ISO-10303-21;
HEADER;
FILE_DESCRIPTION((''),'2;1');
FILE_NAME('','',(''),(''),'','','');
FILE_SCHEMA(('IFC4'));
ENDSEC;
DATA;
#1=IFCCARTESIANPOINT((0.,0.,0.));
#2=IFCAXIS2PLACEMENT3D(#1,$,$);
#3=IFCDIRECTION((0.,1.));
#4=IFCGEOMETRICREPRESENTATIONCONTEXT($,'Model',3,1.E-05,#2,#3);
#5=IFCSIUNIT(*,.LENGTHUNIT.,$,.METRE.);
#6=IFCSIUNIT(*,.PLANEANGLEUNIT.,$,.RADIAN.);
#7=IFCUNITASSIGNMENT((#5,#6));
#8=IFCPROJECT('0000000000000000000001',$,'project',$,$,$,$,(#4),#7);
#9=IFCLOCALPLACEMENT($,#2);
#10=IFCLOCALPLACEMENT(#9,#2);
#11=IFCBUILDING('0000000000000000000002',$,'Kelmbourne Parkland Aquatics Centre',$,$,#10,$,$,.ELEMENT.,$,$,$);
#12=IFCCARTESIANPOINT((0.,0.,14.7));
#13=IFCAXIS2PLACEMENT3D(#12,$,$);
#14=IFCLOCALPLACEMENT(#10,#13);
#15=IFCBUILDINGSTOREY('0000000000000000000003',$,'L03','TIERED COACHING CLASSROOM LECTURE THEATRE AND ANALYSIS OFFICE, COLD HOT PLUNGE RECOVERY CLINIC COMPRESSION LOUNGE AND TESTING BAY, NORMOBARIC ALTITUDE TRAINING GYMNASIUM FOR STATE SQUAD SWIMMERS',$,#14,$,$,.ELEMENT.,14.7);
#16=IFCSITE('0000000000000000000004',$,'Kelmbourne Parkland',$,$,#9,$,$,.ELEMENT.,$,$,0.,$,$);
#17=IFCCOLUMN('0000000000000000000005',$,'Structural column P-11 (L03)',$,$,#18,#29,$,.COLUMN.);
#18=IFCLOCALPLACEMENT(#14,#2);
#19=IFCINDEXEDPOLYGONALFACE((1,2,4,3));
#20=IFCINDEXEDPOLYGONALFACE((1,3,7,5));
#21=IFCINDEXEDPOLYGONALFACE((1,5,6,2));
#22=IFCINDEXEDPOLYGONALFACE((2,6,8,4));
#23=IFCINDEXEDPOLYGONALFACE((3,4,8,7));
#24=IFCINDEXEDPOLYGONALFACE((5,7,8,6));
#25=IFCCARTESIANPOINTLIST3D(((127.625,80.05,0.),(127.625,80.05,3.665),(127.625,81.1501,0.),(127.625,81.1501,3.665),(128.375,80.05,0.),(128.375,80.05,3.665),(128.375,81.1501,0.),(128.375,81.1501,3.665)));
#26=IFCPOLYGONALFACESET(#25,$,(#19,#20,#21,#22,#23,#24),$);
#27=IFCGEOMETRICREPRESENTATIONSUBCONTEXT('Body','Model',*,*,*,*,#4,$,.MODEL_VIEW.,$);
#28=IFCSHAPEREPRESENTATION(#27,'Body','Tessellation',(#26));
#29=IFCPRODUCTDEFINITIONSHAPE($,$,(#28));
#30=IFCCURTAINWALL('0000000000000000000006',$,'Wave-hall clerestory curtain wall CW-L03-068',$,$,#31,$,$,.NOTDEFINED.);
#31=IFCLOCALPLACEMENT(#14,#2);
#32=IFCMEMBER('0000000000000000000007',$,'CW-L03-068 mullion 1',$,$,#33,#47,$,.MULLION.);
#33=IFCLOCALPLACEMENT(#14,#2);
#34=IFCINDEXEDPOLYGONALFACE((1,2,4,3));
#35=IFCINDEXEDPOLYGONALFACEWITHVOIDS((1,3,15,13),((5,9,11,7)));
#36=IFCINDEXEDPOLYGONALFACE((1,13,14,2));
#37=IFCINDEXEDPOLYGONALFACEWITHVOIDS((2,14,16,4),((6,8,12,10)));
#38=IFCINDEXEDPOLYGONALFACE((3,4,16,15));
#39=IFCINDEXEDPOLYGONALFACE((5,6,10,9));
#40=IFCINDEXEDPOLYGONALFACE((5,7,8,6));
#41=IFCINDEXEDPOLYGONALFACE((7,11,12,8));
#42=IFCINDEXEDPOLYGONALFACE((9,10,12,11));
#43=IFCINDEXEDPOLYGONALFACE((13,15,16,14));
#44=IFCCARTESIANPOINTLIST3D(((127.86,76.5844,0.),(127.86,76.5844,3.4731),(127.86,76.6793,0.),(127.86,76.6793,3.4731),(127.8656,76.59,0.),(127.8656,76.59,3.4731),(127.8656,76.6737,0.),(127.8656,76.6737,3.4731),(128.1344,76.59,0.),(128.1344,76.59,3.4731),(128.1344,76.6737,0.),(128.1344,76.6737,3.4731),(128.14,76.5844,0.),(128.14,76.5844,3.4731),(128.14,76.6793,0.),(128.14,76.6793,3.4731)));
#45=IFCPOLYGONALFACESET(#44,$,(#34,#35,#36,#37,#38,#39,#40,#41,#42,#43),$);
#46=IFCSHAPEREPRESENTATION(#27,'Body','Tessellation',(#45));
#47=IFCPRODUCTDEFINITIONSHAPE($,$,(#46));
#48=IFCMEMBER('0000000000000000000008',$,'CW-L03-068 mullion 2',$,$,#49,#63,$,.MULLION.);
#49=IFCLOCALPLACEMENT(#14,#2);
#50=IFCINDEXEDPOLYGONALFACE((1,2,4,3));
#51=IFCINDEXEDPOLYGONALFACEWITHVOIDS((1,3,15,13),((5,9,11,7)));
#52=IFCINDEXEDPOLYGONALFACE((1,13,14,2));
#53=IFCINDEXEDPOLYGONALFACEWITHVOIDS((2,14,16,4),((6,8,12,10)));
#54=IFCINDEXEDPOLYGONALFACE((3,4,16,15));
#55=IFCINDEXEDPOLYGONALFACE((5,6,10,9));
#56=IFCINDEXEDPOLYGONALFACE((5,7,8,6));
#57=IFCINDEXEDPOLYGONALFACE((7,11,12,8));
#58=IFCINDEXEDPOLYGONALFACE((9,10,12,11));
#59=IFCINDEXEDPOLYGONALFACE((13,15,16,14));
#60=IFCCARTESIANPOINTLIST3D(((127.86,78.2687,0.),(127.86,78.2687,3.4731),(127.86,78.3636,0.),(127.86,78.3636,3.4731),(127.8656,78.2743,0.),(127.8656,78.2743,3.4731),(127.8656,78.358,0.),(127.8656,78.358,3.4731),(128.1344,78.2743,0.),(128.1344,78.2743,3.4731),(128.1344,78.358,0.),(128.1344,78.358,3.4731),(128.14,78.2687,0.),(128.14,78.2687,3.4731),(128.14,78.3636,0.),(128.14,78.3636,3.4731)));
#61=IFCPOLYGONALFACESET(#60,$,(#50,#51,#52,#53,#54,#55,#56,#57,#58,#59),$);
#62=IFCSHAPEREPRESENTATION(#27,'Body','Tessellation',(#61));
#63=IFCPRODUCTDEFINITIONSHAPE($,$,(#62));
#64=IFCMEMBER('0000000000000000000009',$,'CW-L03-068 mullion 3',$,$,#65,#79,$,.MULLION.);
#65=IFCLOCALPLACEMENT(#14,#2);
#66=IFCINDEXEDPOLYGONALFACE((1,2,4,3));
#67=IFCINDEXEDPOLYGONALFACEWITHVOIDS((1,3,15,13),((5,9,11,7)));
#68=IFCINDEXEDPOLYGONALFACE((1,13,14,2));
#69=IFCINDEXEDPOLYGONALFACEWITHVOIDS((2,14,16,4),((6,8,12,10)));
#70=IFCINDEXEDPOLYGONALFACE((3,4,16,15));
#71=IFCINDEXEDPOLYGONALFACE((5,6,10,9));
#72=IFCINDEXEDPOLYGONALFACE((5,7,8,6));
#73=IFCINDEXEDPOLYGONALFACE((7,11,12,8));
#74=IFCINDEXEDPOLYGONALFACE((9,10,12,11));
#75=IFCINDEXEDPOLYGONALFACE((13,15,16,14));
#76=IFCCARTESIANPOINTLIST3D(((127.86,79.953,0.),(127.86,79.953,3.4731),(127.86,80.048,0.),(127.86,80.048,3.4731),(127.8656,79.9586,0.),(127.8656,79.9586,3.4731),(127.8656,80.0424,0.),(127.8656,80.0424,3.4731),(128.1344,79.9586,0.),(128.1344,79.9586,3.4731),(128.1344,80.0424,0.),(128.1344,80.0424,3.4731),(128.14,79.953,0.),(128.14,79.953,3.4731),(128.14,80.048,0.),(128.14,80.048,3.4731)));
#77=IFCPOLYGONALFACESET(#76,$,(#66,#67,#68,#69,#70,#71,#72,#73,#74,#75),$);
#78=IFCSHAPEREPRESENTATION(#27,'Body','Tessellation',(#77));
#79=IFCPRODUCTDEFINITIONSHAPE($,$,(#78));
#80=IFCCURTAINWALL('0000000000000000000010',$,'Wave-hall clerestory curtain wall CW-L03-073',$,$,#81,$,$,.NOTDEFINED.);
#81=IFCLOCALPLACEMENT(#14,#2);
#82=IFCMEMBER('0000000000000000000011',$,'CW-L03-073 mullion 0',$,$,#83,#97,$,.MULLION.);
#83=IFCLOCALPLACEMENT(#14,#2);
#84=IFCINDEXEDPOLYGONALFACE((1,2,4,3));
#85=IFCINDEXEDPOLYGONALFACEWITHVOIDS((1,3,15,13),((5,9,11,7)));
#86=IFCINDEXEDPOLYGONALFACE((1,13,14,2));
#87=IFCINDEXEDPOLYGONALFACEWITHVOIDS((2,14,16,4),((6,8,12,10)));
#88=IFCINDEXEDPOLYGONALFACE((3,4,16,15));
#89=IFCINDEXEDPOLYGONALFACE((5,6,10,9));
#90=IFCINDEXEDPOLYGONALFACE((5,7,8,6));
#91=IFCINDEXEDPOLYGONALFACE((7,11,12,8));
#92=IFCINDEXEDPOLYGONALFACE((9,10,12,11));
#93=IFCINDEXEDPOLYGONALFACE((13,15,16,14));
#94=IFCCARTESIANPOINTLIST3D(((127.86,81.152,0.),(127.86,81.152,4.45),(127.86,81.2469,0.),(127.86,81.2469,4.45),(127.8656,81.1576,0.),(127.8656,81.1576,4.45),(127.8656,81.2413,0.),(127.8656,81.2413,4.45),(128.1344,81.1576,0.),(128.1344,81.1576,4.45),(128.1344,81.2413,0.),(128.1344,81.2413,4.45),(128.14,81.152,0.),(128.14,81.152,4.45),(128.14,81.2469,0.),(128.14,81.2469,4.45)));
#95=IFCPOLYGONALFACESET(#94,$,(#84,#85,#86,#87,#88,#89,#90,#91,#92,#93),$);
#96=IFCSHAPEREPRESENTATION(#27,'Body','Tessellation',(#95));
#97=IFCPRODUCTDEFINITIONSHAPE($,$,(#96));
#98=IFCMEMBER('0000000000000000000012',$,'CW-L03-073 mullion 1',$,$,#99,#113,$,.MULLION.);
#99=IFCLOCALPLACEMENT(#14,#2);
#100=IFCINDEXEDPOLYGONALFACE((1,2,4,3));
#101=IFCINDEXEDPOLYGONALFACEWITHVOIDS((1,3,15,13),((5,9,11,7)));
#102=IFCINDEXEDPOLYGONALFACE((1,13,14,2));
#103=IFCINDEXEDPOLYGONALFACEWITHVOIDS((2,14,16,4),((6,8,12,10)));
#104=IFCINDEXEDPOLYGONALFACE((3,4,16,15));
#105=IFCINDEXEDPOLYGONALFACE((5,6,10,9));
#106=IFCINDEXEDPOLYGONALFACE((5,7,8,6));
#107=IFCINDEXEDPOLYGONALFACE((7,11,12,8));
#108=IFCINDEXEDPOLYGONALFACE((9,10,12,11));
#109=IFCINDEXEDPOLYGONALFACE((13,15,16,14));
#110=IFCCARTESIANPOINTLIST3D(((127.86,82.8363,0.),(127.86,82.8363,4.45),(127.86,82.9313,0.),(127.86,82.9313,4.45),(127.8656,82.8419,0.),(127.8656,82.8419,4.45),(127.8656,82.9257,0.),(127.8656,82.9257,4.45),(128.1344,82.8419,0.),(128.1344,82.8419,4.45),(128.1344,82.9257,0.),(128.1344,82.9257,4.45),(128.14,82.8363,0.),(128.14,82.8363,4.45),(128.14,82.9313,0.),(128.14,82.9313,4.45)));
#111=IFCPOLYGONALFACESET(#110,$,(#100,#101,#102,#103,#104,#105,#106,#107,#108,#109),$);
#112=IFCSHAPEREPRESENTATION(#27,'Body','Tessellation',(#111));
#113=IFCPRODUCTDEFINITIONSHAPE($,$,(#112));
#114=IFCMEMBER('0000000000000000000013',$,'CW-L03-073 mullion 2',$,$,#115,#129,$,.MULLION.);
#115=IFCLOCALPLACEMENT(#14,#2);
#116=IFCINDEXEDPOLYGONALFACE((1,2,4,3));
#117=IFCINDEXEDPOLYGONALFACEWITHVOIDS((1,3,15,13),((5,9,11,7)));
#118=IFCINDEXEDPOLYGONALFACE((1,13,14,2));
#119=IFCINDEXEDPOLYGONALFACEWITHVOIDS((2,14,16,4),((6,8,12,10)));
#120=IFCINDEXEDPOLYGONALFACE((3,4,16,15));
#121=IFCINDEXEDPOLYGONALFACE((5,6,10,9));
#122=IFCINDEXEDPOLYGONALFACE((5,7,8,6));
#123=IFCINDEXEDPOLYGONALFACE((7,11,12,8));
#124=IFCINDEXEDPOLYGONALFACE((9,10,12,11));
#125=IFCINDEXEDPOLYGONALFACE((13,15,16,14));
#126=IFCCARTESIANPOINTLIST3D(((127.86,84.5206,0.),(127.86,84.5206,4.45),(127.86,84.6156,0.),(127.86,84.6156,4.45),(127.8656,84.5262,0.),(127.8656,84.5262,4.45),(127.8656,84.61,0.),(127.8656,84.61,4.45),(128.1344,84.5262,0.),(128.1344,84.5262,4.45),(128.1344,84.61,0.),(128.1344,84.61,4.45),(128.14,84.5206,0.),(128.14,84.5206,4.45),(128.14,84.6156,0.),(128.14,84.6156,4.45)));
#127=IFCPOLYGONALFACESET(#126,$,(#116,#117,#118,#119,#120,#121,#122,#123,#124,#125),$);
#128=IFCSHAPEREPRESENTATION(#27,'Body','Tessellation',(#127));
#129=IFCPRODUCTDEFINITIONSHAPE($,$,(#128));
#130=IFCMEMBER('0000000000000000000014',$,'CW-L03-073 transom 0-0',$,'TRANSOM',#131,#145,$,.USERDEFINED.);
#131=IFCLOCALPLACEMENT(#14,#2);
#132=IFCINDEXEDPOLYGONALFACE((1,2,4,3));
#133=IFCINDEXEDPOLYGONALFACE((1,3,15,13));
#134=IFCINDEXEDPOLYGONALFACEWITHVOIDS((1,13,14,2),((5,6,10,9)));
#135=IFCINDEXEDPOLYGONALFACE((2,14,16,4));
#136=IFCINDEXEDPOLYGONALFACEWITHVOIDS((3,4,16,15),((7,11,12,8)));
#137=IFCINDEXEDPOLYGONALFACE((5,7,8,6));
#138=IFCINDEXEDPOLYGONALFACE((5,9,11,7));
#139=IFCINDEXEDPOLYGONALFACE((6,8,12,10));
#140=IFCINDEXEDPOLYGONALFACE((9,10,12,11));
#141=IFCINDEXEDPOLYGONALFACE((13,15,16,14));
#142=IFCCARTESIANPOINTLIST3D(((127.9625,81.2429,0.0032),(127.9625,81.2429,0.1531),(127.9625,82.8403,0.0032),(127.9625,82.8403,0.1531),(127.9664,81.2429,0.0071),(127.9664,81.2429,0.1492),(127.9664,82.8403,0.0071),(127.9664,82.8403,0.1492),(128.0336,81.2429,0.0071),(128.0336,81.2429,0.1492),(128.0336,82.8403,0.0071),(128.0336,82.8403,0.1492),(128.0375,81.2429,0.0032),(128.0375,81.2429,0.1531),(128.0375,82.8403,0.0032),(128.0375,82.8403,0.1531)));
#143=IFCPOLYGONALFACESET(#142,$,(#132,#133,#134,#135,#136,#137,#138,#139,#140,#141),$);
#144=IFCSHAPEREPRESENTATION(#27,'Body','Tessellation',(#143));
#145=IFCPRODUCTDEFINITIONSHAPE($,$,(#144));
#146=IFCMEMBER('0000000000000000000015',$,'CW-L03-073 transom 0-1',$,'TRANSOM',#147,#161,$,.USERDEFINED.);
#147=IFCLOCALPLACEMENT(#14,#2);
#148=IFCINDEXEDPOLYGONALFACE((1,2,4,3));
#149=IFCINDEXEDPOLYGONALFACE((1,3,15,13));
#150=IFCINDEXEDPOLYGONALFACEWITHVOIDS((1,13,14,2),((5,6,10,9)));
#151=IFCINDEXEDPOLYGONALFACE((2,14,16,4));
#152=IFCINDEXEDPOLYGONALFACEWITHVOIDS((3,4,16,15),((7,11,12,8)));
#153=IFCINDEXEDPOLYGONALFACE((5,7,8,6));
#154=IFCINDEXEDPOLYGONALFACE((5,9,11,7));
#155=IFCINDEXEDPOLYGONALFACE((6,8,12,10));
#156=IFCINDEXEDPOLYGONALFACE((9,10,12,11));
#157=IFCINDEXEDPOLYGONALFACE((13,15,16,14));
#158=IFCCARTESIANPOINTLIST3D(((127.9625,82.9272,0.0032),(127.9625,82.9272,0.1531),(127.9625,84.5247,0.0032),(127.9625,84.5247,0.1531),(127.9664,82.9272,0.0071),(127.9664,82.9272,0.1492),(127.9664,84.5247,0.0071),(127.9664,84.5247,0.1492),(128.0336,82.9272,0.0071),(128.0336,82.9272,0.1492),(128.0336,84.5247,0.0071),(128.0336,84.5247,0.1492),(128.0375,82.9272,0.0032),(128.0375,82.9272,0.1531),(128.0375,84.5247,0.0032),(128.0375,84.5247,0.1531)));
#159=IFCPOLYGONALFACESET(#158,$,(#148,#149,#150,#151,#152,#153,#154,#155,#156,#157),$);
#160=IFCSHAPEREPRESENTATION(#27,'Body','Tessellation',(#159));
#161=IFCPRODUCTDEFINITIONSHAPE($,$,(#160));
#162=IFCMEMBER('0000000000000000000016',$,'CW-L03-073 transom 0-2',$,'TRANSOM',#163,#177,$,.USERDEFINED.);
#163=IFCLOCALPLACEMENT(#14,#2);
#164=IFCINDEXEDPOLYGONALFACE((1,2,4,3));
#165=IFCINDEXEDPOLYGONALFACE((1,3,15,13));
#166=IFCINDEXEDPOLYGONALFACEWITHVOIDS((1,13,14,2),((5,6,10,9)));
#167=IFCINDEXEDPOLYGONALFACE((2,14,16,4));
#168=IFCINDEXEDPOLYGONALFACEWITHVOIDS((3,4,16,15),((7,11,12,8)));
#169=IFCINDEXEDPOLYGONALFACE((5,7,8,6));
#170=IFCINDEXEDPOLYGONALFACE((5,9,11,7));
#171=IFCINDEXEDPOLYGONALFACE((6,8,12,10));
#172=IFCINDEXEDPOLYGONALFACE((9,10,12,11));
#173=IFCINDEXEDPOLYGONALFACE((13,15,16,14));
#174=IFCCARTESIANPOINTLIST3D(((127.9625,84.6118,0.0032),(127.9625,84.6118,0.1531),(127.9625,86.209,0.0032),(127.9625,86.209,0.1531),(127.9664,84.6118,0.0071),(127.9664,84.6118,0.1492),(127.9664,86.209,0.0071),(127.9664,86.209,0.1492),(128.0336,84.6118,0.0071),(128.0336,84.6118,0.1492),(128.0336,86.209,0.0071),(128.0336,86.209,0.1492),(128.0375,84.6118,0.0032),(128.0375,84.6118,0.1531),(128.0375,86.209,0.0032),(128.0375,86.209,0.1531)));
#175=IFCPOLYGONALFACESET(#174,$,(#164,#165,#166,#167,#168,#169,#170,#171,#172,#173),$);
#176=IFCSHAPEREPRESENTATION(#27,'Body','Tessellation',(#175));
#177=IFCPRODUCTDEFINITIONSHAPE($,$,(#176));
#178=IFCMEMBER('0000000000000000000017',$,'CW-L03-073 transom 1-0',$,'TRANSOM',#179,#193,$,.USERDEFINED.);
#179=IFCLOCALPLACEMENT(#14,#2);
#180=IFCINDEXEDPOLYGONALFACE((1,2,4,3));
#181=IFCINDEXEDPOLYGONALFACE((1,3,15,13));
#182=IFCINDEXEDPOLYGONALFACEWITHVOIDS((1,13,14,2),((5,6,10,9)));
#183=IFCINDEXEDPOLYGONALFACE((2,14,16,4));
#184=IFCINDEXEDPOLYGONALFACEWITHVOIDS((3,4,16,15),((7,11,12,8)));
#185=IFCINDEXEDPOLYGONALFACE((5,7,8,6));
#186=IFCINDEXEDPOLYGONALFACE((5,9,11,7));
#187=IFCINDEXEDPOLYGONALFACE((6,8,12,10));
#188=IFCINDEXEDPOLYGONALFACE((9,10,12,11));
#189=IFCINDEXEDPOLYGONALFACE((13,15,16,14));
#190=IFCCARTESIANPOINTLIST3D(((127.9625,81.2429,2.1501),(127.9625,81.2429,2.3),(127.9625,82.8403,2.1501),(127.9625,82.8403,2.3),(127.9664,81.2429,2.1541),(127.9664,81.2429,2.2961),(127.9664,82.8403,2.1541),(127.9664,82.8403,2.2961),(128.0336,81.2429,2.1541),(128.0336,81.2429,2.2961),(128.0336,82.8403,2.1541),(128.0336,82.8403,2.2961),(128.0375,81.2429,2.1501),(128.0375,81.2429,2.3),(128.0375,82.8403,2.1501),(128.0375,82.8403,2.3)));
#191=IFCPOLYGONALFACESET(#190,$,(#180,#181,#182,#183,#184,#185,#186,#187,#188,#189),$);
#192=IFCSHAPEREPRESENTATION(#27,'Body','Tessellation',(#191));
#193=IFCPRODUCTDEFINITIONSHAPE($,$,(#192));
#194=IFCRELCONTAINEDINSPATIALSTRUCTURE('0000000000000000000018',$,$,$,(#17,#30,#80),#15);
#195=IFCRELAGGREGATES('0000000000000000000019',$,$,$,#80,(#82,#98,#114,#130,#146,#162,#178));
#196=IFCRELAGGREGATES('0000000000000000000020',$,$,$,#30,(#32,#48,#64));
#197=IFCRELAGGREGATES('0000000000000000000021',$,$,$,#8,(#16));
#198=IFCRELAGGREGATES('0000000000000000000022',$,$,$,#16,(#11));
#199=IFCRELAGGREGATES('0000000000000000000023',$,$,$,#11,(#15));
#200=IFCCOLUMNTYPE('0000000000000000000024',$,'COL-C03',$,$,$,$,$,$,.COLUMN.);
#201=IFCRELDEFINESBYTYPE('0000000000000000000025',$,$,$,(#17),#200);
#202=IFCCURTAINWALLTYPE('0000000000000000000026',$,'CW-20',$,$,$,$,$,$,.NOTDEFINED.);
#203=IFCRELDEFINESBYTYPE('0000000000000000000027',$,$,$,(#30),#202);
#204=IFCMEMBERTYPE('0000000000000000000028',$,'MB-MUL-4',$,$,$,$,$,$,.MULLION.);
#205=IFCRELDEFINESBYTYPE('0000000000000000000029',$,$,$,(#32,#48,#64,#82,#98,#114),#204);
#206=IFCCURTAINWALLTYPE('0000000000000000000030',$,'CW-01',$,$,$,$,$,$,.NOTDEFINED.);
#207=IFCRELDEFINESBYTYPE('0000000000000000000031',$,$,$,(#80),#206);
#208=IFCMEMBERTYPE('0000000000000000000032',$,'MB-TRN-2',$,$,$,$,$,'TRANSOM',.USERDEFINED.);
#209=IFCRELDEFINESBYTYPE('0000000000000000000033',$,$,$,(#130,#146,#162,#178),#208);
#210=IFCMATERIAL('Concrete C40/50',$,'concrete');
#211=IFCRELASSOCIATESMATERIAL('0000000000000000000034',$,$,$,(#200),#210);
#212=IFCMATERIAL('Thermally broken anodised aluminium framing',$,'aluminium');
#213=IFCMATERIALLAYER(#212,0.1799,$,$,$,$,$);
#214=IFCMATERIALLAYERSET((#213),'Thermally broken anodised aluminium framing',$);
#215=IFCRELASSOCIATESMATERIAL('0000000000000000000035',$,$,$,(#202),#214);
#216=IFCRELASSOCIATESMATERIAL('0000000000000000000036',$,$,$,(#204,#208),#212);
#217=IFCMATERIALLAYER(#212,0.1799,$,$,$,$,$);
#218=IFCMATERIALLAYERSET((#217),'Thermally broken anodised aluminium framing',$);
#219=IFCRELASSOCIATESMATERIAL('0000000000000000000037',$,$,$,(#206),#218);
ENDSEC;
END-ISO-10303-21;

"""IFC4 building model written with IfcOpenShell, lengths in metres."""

from ifc_helpers import new_model, si_unit, direction, frame, origin, origin_2d, place, context, subcontext, project, spatial, rectangle, hollow_rectangle, extrude, material, layer, layer_set, material_profile, profile_set, type_object, element, aggregate, save


model = new_model("IFC4")

# Units and contexts
model_context = context("Model", 3, precision=1e-05, world=origin(), true_north=direction((0.0, 1.0)))
body_context = subcontext(model_context, "Body", "Model", "MODEL_VIEW")
ifc_project = project(units=[si_unit("LENGTHUNIT", "METRE"), si_unit("PLANEANGLEUNIT", "RADIAN")], contexts=[model_context])

# Site, building, storey
site_placement = place(None, origin())
site = spatial("IfcSite", under=ifc_project, at=site_placement, Name="Kelmbourne Parkland", CompositionType="ELEMENT", RefElevation=0.0)
building_placement = place(site_placement, origin())
building = spatial("IfcBuilding", under=site, at=building_placement, Name="Kelmbourne Parkland Aquatics Centre", CompositionType="ELEMENT")
storey_placement = place(building_placement, frame((0.0, 0.0, 14.7)))
storey = spatial("IfcBuildingStorey", under=building, at=storey_placement, Name="L03", Description="TIERED COACHING CLASSROOM LECTURE THEATRE AND ANALYSIS OFFICE, COLD HOT PLUNGE RECOVERY CLINIC COMPRESSION LOUNGE AND TESTING BAY, NORMOBARIC ALTITUDE TRAINING GYMNASIUM FOR STATE SQUAD SWIMMERS", CompositionType="ELEMENT", Elevation=14.7)

# Column
ifc_material_1 = material(Name="Concrete C40/50", Category="concrete")
ifc_material_profile_1 = material_profile(ifc_material_1, rectangle(XDim=0.75, YDim=1.1001, at=origin_2d()), Name="RC 750x1100")
ifc_profile_set_1 = profile_set([ifc_material_profile_1], Name="Concrete C40/50")
column_type = type_object("IfcColumnType", Name="COL-C03", PredefinedType="COLUMN", material=ifc_profile_set_1)
column_placement = place(storey_placement, frame((128.0, 80.6001, 0.0), z_axis=(0.0, 0.0, 1.0), x_axis=(1.0, 0.0, 0.0)))
element("IfcColumn", 1, at=column_placement, inside=storey, type_object=column_type, Name="Structural column P-11 (L03)", PredefinedType="COLUMN", context=body_context, shape_type="SweptSolid", body=[
    extrude(rectangle(XDim=0.75, YDim=1.1001, at=origin_2d()), origin(), (0.0, 0.0, 1.0), 3.665),
])

# Curtain walls, members
ifc_material_2 = material(Name="Thermally broken anodised aluminium framing", Category="aluminium")
ifc_layer_1 = layer(ifc_material_2, 0.1799)
ifc_layer_set_1 = layer_set([ifc_layer_1], Name="Thermally broken anodised aluminium framing")
curtain_wall_type_1 = type_object("IfcCurtainWallType", Name="CW-20", PredefinedType="NOTDEFINED", material=ifc_layer_set_1)
curtain_wall_1_placement = place(storey_placement, origin())
curtain_wall_1 = element("IfcCurtainWall", 2, at=curtain_wall_1_placement, inside=storey, type_object=curtain_wall_type_1, Name="Wave-hall clerestory curtain wall CW-L03-068", PredefinedType="NOTDEFINED")
ifc_material_profile_2 = material_profile(ifc_material_2, hollow_rectangle(XDim=0.095, YDim=0.28, WallThickness=0.0056, at=origin_2d()), Name="CW-M 95x280")
ifc_profile_set_2 = profile_set([ifc_material_profile_2], Name="Thermally broken anodised aluminium framing")
member_type_1 = type_object("IfcMemberType", Name="MB-MUL-4", PredefinedType="MULLION", material=ifc_profile_set_2)
member_1_placement = place(storey_placement, frame((128.0, 76.6318, 0.0), z_axis=(0.0, 0.0, 1.0), x_axis=(0.0, 1.0, 0.0)))
member_1 = element("IfcMember", 3, at=member_1_placement, type_object=member_type_1, Name="CW-L03-068 mullion 1", PredefinedType="MULLION", context=body_context, shape_type="SweptSolid", body=[
    extrude(hollow_rectangle(XDim=0.095, YDim=0.28, WallThickness=0.0056, at=origin_2d()), origin(), (0.0, 0.0, 1.0), 3.4731),
])
member_2_placement = place(storey_placement, frame((128.0, 78.3162, 0.0), z_axis=(0.0, 0.0, 1.0), x_axis=(0.0, 1.0, 0.0)))
member_2 = element("IfcMember", 4, at=member_2_placement, type_object=member_type_1, Name="CW-L03-068 mullion 2", PredefinedType="MULLION", context=body_context, shape_type="SweptSolid", body=[
    extrude(hollow_rectangle(XDim=0.095, YDim=0.28, WallThickness=0.0056, at=origin_2d()), origin(), (0.0, 0.0, 1.0), 3.4731),
])
member_3_placement = place(storey_placement, frame((128.0, 80.0005, 0.0), z_axis=(0.0, 0.0, 1.0), x_axis=(0.0, 1.0, 0.0)))
member_3 = element("IfcMember", 5, at=member_3_placement, type_object=member_type_1, Name="CW-L03-068 mullion 3", PredefinedType="MULLION", context=body_context, shape_type="SweptSolid", body=[
    extrude(hollow_rectangle(XDim=0.095, YDim=0.28, WallThickness=0.0056, at=origin_2d()), origin(), (0.0, 0.0, 1.0), 3.4731),
])
ifc_layer_2 = layer(ifc_material_2, 0.1799)
ifc_layer_set_2 = layer_set([ifc_layer_2], Name="Thermally broken anodised aluminium framing")
curtain_wall_type_2 = type_object("IfcCurtainWallType", Name="CW-01", PredefinedType="NOTDEFINED", material=ifc_layer_set_2)
curtain_wall_2_placement = place(storey_placement, origin())
curtain_wall_2 = element("IfcCurtainWall", 6, at=curtain_wall_2_placement, inside=storey, type_object=curtain_wall_type_2, Name="Wave-hall clerestory curtain wall CW-L03-073", PredefinedType="NOTDEFINED")
member_4_placement = place(storey_placement, frame((128.0, 81.1995, 0.0), z_axis=(0.0, 0.0, 1.0), x_axis=(0.0, 1.0, 0.0)))
member_4 = element("IfcMember", 7, at=member_4_placement, type_object=member_type_1, Name="CW-L03-073 mullion 0", PredefinedType="MULLION", context=body_context, shape_type="SweptSolid", body=[
    extrude(hollow_rectangle(XDim=0.095, YDim=0.28, WallThickness=0.0056, at=origin_2d()), origin(), (0.0, 0.0, 1.0), 4.45),
])
member_5_placement = place(storey_placement, frame((128.0, 82.8838, 0.0), z_axis=(0.0, 0.0, 1.0), x_axis=(0.0, 1.0, 0.0)))
member_5 = element("IfcMember", 8, at=member_5_placement, type_object=member_type_1, Name="CW-L03-073 mullion 1", PredefinedType="MULLION", context=body_context, shape_type="SweptSolid", body=[
    extrude(hollow_rectangle(XDim=0.095, YDim=0.28, WallThickness=0.0056, at=origin_2d()), origin(), (0.0, 0.0, 1.0), 4.45),
])
member_6_placement = place(storey_placement, frame((128.0, 84.5681, 0.0), z_axis=(0.0, 0.0, 1.0), x_axis=(0.0, 1.0, 0.0)))
member_6 = element("IfcMember", 9, at=member_6_placement, type_object=member_type_1, Name="CW-L03-073 mullion 2", PredefinedType="MULLION", context=body_context, shape_type="SweptSolid", body=[
    extrude(hollow_rectangle(XDim=0.095, YDim=0.28, WallThickness=0.0056, at=origin_2d()), origin(), (0.0, 0.0, 1.0), 4.45),
])
ifc_material_profile_3 = material_profile(ifc_material_2, hollow_rectangle(XDim=0.075, YDim=0.1499, WallThickness=0.0039, at=origin_2d()), Name="CW-T 75x150")
ifc_profile_set_3 = profile_set([ifc_material_profile_3], Name="Thermally broken anodised aluminium framing")
member_type_2 = type_object("IfcMemberType", Name="MB-TRN-2", ElementType="TRANSOM", PredefinedType="USERDEFINED", material=ifc_profile_set_3)
member_7_placement = place(storey_placement, frame((128.0, 81.2429, 0.0781), z_axis=(0.0, 1.0, 0.0), x_axis=(-1.0, 0.0, 0.0)))
member_7 = element("IfcMember", 10, at=member_7_placement, type_object=member_type_2, Name="CW-L03-073 transom 0-0", ObjectType="TRANSOM", PredefinedType="USERDEFINED", context=body_context, shape_type="SweptSolid", body=[
    extrude(hollow_rectangle(XDim=0.075, YDim=0.1499, WallThickness=0.0039, at=origin_2d()), origin(), (0.0, 0.0, 1.0), 1.5974),
])
member_8_placement = place(storey_placement, frame((128.0, 82.9272, 0.0781), z_axis=(0.0, 1.0, 0.0), x_axis=(-1.0, 0.0, 0.0)))
member_8 = element("IfcMember", 11, at=member_8_placement, type_object=member_type_2, Name="CW-L03-073 transom 0-1", ObjectType="TRANSOM", PredefinedType="USERDEFINED", context=body_context, shape_type="SweptSolid", body=[
    extrude(hollow_rectangle(XDim=0.075, YDim=0.1499, WallThickness=0.0039, at=origin_2d()), origin(), (0.0, 0.0, 1.0), 1.5974),
])
member_9_placement = place(storey_placement, frame((128.0, 84.6118, 0.0781), z_axis=(0.0, 1.0, 0.0), x_axis=(-1.0, 0.0, 0.0)))
member_9 = element("IfcMember", 12, at=member_9_placement, type_object=member_type_2, Name="CW-L03-073 transom 0-2", ObjectType="TRANSOM", PredefinedType="USERDEFINED", context=body_context, shape_type="SweptSolid", body=[
    extrude(hollow_rectangle(XDim=0.075, YDim=0.1499, WallThickness=0.0039, at=origin_2d()), origin(), (0.0, 0.0, 1.0), 1.5972),
])
member_10_placement = place(storey_placement, frame((128.0, 81.2429, 2.2251), z_axis=(0.0, 1.0, 0.0), x_axis=(-1.0, 0.0, 0.0)))
member_10 = element("IfcMember", 13, at=member_10_placement, type_object=member_type_2, Name="CW-L03-073 transom 1-0", ObjectType="TRANSOM", PredefinedType="USERDEFINED", context=body_context, shape_type="SweptSolid", body=[
    extrude(hollow_rectangle(XDim=0.075, YDim=0.1499, WallThickness=0.0039, at=origin_2d()), origin(), (0.0, 0.0, 1.0), 1.5974),
])

aggregate(curtain_wall_2, [member_4, member_5, member_6, member_7, member_8, member_9, member_10])
aggregate(curtain_wall_1, [member_1, member_2, member_3])

save(model, "model.ifc")
